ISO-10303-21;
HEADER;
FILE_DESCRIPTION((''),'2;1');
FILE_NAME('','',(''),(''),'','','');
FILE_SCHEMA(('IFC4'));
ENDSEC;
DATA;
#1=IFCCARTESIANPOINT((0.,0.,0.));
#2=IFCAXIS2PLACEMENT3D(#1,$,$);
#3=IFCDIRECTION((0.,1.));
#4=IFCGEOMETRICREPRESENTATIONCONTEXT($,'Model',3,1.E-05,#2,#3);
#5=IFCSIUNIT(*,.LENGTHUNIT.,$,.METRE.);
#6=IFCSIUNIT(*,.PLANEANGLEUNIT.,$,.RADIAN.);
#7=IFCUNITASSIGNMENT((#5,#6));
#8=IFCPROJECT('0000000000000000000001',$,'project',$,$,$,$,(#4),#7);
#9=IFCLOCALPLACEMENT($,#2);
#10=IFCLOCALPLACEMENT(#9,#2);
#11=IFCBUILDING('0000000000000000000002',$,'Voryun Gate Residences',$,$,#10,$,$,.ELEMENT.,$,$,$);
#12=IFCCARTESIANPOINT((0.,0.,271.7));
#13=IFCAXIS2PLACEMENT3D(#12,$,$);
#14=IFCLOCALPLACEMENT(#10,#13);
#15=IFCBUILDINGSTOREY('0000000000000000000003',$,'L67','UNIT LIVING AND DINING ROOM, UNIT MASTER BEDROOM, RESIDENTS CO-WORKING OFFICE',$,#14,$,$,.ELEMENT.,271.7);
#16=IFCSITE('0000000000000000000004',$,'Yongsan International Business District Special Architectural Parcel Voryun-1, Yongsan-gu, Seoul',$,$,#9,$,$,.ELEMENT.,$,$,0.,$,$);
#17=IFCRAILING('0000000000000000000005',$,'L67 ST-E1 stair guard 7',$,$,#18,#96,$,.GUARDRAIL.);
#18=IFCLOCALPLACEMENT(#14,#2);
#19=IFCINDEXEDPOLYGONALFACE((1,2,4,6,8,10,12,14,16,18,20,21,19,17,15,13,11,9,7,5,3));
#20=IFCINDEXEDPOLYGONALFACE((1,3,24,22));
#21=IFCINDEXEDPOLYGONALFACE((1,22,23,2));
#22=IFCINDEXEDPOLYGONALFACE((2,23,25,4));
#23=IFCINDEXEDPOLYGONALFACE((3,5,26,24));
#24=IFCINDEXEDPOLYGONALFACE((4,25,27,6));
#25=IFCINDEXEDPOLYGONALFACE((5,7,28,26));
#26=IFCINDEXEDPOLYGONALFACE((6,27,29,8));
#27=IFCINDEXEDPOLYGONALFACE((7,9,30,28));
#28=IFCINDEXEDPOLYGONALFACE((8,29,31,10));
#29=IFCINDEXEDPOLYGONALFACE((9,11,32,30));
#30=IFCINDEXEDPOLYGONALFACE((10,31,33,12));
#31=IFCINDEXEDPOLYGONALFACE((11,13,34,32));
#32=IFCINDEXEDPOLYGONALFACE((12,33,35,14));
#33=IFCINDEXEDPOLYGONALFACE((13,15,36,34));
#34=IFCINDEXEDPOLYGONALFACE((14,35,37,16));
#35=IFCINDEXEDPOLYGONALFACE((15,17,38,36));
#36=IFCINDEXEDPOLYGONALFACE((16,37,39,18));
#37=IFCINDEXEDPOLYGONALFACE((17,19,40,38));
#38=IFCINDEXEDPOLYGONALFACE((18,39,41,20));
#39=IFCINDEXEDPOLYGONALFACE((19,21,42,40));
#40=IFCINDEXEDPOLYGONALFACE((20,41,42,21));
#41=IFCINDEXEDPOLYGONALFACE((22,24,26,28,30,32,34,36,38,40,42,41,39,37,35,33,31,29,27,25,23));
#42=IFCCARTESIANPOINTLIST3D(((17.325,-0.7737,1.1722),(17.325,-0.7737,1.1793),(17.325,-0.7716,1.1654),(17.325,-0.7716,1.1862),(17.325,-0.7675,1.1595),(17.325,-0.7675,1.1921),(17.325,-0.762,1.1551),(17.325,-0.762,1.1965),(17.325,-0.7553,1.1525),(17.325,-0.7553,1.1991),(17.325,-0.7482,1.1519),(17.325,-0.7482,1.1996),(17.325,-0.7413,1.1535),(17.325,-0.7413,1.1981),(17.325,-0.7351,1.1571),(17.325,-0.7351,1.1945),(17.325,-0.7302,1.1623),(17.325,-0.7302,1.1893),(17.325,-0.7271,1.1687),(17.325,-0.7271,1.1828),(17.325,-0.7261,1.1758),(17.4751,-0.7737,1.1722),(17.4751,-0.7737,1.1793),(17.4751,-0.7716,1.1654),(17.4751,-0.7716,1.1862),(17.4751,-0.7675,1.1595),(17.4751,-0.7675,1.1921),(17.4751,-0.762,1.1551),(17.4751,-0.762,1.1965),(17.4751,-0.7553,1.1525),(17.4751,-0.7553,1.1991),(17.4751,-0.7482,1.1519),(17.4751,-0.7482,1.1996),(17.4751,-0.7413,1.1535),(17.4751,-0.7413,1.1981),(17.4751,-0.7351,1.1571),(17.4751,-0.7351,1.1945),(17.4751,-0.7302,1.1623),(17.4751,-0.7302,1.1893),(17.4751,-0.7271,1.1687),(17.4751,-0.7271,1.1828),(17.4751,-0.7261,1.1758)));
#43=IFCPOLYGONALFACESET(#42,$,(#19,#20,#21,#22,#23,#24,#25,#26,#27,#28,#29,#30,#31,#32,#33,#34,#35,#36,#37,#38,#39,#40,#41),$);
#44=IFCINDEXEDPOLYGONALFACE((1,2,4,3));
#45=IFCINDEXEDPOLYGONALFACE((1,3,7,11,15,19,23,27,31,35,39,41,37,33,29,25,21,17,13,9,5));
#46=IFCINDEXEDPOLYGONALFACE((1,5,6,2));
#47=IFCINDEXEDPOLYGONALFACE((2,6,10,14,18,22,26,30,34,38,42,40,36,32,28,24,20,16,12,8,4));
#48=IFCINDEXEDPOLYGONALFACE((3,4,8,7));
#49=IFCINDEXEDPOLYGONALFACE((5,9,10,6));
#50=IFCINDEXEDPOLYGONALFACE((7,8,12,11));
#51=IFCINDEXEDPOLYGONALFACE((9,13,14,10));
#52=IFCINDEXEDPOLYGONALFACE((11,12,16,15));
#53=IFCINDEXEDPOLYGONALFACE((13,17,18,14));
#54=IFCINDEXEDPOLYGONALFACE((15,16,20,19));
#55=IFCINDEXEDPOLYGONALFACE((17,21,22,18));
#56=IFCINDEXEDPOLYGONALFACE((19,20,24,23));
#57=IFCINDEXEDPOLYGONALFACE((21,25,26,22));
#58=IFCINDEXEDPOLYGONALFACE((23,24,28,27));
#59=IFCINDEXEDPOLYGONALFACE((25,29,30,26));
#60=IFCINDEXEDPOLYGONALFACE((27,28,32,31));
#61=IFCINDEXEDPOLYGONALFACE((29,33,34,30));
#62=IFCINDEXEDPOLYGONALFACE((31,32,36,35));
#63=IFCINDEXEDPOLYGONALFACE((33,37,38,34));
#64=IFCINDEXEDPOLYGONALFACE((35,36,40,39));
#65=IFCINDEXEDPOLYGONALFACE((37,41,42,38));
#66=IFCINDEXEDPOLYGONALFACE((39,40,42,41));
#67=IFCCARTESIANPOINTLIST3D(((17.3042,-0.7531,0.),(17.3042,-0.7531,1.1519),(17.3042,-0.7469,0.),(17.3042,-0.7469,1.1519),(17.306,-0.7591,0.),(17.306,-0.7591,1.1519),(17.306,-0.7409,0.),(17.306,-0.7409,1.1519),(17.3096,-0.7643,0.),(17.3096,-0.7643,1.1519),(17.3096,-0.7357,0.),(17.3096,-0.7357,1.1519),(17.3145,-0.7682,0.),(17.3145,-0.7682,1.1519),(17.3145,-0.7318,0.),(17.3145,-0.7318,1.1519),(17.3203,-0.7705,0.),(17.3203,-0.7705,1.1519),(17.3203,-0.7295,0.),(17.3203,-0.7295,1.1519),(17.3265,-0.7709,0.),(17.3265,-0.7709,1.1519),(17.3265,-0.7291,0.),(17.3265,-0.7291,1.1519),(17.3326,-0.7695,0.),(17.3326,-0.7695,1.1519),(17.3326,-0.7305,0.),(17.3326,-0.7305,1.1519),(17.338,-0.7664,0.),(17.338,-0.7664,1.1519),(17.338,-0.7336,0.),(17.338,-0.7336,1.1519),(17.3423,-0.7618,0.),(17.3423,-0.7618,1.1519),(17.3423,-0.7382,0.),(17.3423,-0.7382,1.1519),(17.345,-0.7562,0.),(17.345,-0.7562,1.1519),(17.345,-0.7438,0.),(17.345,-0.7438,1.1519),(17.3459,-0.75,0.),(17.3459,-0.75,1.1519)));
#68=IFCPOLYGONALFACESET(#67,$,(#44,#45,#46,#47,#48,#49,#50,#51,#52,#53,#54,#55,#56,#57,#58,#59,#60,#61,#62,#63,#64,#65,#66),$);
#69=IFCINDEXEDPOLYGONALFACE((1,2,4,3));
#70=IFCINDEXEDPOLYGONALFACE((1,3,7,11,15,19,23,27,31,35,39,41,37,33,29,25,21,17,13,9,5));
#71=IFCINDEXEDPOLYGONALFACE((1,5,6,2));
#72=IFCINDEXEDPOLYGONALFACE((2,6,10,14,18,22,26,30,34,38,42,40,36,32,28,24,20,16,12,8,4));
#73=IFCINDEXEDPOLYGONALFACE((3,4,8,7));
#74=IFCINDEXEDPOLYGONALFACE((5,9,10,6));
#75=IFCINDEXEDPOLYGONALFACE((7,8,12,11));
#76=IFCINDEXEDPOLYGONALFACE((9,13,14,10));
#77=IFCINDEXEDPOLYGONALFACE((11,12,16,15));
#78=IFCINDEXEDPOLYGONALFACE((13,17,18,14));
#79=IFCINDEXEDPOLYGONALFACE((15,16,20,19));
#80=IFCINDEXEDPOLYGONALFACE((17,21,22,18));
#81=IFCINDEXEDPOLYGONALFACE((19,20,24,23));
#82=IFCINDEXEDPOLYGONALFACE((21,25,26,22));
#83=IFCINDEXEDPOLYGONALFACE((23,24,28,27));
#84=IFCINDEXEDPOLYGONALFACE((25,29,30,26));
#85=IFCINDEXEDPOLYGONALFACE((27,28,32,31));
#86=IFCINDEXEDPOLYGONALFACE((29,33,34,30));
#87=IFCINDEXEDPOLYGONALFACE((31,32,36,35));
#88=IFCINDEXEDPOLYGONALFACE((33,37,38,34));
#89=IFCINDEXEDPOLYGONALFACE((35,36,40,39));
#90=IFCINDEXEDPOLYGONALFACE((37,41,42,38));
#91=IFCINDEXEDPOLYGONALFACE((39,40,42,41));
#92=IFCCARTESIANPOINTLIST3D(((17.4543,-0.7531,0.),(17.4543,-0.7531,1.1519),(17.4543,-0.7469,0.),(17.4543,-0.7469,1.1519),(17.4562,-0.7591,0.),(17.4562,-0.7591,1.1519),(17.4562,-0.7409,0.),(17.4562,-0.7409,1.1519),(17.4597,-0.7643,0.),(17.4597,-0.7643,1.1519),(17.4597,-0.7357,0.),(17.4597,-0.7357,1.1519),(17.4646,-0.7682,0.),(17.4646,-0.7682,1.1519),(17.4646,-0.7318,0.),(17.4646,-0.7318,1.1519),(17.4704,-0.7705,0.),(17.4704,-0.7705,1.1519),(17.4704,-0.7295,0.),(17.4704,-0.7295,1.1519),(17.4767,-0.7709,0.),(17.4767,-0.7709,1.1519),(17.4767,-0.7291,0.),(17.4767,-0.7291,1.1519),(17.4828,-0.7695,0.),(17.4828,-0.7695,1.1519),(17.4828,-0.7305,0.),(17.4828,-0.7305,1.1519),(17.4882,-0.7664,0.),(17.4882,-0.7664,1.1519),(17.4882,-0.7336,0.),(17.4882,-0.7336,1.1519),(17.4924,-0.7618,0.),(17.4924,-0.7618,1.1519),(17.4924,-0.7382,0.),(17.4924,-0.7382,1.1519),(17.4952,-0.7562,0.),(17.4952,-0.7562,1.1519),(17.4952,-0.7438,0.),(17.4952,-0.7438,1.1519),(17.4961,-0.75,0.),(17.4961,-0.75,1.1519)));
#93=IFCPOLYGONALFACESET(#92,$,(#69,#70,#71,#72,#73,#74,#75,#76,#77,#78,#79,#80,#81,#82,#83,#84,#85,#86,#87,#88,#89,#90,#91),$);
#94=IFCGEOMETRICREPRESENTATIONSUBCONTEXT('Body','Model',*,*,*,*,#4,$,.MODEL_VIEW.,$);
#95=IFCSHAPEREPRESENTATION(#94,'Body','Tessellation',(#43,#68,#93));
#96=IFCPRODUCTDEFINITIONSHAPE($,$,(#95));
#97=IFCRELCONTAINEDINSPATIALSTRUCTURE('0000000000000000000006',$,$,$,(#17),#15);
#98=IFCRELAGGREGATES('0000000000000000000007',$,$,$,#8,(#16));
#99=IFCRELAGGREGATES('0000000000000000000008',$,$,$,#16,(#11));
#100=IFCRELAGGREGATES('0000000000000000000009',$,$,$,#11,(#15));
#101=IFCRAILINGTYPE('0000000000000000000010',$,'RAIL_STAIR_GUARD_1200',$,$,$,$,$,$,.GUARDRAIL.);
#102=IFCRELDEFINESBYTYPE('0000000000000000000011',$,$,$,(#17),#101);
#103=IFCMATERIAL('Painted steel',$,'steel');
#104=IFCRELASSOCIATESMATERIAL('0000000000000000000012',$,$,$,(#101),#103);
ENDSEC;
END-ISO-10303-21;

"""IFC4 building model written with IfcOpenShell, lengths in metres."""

from ifc_helpers import new_model, si_unit, direction, frame, origin, origin_2d, place, context, subcontext, project, spatial, circle, extrude, material, type_object, element, save


model = new_model("IFC4")

# Units and contexts
model_context = context("Model", 3, precision=1e-05, world=origin(), true_north=direction((0.0, 1.0)))
body_context = subcontext(model_context, "Body", "Model", "MODEL_VIEW")
ifc_project = project(units=[si_unit("LENGTHUNIT", "METRE"), si_unit("PLANEANGLEUNIT", "RADIAN")], contexts=[model_context])

# Site, building, storey
site_placement = place(None, origin())
site = spatial("IfcSite", under=ifc_project, at=site_placement, Name="Yongsan International Business District Special Architectural Parcel Voryun-1, Yongsan-gu, Seoul", CompositionType="ELEMENT", RefElevation=0.0)
building_placement = place(site_placement, origin())
building = spatial("IfcBuilding", under=site, at=building_placement, Name="Voryun Gate Residences", CompositionType="ELEMENT")
storey_placement = place(building_placement, frame((0.0, 0.0, 271.7)))
storey = spatial("IfcBuildingStorey", under=building, at=storey_placement, Name="L67", Description="UNIT LIVING AND DINING ROOM, UNIT MASTER BEDROOM, RESIDENTS CO-WORKING OFFICE", CompositionType="ELEMENT", Elevation=271.7)

# Railing
ifc_material_1 = material(Name="Painted steel", Category="steel")
railing_type_1 = type_object("IfcRailingType", Name="RAIL_STAIR_GUARD_1200", PredefinedType="GUARDRAIL", material=ifc_material_1)
railing_1_placement = place(storey_placement, frame((17.325, -0.75, 0.0)))
element("IfcRailing", 1, at=railing_1_placement, inside=storey, type_object=railing_type_1, Name="L67 ST-E1 stair guard 7", PredefinedType="GUARDRAIL", context=body_context, shape_type="SweptSolid", body=[
    extrude(circle(Radius=0.0239, at=origin_2d()), frame((0.0, 0.0, 1.1758), z_axis=(1.0, 0.0, 0.0), x_axis=(0.0, 1.0, 0.0)), (0.0, 0.0, 1.0), 0.1501),
    extrude(circle(Radius=0.021, at=origin_2d()), origin(), (0.0, 0.0, 1.0), 1.1519),
    extrude(circle(Radius=0.021, at=origin_2d()), frame((0.1501, 0.0, 0.0)), (0.0, 0.0, 1.0), 1.1519),
])

save(model, "model.ifc")
